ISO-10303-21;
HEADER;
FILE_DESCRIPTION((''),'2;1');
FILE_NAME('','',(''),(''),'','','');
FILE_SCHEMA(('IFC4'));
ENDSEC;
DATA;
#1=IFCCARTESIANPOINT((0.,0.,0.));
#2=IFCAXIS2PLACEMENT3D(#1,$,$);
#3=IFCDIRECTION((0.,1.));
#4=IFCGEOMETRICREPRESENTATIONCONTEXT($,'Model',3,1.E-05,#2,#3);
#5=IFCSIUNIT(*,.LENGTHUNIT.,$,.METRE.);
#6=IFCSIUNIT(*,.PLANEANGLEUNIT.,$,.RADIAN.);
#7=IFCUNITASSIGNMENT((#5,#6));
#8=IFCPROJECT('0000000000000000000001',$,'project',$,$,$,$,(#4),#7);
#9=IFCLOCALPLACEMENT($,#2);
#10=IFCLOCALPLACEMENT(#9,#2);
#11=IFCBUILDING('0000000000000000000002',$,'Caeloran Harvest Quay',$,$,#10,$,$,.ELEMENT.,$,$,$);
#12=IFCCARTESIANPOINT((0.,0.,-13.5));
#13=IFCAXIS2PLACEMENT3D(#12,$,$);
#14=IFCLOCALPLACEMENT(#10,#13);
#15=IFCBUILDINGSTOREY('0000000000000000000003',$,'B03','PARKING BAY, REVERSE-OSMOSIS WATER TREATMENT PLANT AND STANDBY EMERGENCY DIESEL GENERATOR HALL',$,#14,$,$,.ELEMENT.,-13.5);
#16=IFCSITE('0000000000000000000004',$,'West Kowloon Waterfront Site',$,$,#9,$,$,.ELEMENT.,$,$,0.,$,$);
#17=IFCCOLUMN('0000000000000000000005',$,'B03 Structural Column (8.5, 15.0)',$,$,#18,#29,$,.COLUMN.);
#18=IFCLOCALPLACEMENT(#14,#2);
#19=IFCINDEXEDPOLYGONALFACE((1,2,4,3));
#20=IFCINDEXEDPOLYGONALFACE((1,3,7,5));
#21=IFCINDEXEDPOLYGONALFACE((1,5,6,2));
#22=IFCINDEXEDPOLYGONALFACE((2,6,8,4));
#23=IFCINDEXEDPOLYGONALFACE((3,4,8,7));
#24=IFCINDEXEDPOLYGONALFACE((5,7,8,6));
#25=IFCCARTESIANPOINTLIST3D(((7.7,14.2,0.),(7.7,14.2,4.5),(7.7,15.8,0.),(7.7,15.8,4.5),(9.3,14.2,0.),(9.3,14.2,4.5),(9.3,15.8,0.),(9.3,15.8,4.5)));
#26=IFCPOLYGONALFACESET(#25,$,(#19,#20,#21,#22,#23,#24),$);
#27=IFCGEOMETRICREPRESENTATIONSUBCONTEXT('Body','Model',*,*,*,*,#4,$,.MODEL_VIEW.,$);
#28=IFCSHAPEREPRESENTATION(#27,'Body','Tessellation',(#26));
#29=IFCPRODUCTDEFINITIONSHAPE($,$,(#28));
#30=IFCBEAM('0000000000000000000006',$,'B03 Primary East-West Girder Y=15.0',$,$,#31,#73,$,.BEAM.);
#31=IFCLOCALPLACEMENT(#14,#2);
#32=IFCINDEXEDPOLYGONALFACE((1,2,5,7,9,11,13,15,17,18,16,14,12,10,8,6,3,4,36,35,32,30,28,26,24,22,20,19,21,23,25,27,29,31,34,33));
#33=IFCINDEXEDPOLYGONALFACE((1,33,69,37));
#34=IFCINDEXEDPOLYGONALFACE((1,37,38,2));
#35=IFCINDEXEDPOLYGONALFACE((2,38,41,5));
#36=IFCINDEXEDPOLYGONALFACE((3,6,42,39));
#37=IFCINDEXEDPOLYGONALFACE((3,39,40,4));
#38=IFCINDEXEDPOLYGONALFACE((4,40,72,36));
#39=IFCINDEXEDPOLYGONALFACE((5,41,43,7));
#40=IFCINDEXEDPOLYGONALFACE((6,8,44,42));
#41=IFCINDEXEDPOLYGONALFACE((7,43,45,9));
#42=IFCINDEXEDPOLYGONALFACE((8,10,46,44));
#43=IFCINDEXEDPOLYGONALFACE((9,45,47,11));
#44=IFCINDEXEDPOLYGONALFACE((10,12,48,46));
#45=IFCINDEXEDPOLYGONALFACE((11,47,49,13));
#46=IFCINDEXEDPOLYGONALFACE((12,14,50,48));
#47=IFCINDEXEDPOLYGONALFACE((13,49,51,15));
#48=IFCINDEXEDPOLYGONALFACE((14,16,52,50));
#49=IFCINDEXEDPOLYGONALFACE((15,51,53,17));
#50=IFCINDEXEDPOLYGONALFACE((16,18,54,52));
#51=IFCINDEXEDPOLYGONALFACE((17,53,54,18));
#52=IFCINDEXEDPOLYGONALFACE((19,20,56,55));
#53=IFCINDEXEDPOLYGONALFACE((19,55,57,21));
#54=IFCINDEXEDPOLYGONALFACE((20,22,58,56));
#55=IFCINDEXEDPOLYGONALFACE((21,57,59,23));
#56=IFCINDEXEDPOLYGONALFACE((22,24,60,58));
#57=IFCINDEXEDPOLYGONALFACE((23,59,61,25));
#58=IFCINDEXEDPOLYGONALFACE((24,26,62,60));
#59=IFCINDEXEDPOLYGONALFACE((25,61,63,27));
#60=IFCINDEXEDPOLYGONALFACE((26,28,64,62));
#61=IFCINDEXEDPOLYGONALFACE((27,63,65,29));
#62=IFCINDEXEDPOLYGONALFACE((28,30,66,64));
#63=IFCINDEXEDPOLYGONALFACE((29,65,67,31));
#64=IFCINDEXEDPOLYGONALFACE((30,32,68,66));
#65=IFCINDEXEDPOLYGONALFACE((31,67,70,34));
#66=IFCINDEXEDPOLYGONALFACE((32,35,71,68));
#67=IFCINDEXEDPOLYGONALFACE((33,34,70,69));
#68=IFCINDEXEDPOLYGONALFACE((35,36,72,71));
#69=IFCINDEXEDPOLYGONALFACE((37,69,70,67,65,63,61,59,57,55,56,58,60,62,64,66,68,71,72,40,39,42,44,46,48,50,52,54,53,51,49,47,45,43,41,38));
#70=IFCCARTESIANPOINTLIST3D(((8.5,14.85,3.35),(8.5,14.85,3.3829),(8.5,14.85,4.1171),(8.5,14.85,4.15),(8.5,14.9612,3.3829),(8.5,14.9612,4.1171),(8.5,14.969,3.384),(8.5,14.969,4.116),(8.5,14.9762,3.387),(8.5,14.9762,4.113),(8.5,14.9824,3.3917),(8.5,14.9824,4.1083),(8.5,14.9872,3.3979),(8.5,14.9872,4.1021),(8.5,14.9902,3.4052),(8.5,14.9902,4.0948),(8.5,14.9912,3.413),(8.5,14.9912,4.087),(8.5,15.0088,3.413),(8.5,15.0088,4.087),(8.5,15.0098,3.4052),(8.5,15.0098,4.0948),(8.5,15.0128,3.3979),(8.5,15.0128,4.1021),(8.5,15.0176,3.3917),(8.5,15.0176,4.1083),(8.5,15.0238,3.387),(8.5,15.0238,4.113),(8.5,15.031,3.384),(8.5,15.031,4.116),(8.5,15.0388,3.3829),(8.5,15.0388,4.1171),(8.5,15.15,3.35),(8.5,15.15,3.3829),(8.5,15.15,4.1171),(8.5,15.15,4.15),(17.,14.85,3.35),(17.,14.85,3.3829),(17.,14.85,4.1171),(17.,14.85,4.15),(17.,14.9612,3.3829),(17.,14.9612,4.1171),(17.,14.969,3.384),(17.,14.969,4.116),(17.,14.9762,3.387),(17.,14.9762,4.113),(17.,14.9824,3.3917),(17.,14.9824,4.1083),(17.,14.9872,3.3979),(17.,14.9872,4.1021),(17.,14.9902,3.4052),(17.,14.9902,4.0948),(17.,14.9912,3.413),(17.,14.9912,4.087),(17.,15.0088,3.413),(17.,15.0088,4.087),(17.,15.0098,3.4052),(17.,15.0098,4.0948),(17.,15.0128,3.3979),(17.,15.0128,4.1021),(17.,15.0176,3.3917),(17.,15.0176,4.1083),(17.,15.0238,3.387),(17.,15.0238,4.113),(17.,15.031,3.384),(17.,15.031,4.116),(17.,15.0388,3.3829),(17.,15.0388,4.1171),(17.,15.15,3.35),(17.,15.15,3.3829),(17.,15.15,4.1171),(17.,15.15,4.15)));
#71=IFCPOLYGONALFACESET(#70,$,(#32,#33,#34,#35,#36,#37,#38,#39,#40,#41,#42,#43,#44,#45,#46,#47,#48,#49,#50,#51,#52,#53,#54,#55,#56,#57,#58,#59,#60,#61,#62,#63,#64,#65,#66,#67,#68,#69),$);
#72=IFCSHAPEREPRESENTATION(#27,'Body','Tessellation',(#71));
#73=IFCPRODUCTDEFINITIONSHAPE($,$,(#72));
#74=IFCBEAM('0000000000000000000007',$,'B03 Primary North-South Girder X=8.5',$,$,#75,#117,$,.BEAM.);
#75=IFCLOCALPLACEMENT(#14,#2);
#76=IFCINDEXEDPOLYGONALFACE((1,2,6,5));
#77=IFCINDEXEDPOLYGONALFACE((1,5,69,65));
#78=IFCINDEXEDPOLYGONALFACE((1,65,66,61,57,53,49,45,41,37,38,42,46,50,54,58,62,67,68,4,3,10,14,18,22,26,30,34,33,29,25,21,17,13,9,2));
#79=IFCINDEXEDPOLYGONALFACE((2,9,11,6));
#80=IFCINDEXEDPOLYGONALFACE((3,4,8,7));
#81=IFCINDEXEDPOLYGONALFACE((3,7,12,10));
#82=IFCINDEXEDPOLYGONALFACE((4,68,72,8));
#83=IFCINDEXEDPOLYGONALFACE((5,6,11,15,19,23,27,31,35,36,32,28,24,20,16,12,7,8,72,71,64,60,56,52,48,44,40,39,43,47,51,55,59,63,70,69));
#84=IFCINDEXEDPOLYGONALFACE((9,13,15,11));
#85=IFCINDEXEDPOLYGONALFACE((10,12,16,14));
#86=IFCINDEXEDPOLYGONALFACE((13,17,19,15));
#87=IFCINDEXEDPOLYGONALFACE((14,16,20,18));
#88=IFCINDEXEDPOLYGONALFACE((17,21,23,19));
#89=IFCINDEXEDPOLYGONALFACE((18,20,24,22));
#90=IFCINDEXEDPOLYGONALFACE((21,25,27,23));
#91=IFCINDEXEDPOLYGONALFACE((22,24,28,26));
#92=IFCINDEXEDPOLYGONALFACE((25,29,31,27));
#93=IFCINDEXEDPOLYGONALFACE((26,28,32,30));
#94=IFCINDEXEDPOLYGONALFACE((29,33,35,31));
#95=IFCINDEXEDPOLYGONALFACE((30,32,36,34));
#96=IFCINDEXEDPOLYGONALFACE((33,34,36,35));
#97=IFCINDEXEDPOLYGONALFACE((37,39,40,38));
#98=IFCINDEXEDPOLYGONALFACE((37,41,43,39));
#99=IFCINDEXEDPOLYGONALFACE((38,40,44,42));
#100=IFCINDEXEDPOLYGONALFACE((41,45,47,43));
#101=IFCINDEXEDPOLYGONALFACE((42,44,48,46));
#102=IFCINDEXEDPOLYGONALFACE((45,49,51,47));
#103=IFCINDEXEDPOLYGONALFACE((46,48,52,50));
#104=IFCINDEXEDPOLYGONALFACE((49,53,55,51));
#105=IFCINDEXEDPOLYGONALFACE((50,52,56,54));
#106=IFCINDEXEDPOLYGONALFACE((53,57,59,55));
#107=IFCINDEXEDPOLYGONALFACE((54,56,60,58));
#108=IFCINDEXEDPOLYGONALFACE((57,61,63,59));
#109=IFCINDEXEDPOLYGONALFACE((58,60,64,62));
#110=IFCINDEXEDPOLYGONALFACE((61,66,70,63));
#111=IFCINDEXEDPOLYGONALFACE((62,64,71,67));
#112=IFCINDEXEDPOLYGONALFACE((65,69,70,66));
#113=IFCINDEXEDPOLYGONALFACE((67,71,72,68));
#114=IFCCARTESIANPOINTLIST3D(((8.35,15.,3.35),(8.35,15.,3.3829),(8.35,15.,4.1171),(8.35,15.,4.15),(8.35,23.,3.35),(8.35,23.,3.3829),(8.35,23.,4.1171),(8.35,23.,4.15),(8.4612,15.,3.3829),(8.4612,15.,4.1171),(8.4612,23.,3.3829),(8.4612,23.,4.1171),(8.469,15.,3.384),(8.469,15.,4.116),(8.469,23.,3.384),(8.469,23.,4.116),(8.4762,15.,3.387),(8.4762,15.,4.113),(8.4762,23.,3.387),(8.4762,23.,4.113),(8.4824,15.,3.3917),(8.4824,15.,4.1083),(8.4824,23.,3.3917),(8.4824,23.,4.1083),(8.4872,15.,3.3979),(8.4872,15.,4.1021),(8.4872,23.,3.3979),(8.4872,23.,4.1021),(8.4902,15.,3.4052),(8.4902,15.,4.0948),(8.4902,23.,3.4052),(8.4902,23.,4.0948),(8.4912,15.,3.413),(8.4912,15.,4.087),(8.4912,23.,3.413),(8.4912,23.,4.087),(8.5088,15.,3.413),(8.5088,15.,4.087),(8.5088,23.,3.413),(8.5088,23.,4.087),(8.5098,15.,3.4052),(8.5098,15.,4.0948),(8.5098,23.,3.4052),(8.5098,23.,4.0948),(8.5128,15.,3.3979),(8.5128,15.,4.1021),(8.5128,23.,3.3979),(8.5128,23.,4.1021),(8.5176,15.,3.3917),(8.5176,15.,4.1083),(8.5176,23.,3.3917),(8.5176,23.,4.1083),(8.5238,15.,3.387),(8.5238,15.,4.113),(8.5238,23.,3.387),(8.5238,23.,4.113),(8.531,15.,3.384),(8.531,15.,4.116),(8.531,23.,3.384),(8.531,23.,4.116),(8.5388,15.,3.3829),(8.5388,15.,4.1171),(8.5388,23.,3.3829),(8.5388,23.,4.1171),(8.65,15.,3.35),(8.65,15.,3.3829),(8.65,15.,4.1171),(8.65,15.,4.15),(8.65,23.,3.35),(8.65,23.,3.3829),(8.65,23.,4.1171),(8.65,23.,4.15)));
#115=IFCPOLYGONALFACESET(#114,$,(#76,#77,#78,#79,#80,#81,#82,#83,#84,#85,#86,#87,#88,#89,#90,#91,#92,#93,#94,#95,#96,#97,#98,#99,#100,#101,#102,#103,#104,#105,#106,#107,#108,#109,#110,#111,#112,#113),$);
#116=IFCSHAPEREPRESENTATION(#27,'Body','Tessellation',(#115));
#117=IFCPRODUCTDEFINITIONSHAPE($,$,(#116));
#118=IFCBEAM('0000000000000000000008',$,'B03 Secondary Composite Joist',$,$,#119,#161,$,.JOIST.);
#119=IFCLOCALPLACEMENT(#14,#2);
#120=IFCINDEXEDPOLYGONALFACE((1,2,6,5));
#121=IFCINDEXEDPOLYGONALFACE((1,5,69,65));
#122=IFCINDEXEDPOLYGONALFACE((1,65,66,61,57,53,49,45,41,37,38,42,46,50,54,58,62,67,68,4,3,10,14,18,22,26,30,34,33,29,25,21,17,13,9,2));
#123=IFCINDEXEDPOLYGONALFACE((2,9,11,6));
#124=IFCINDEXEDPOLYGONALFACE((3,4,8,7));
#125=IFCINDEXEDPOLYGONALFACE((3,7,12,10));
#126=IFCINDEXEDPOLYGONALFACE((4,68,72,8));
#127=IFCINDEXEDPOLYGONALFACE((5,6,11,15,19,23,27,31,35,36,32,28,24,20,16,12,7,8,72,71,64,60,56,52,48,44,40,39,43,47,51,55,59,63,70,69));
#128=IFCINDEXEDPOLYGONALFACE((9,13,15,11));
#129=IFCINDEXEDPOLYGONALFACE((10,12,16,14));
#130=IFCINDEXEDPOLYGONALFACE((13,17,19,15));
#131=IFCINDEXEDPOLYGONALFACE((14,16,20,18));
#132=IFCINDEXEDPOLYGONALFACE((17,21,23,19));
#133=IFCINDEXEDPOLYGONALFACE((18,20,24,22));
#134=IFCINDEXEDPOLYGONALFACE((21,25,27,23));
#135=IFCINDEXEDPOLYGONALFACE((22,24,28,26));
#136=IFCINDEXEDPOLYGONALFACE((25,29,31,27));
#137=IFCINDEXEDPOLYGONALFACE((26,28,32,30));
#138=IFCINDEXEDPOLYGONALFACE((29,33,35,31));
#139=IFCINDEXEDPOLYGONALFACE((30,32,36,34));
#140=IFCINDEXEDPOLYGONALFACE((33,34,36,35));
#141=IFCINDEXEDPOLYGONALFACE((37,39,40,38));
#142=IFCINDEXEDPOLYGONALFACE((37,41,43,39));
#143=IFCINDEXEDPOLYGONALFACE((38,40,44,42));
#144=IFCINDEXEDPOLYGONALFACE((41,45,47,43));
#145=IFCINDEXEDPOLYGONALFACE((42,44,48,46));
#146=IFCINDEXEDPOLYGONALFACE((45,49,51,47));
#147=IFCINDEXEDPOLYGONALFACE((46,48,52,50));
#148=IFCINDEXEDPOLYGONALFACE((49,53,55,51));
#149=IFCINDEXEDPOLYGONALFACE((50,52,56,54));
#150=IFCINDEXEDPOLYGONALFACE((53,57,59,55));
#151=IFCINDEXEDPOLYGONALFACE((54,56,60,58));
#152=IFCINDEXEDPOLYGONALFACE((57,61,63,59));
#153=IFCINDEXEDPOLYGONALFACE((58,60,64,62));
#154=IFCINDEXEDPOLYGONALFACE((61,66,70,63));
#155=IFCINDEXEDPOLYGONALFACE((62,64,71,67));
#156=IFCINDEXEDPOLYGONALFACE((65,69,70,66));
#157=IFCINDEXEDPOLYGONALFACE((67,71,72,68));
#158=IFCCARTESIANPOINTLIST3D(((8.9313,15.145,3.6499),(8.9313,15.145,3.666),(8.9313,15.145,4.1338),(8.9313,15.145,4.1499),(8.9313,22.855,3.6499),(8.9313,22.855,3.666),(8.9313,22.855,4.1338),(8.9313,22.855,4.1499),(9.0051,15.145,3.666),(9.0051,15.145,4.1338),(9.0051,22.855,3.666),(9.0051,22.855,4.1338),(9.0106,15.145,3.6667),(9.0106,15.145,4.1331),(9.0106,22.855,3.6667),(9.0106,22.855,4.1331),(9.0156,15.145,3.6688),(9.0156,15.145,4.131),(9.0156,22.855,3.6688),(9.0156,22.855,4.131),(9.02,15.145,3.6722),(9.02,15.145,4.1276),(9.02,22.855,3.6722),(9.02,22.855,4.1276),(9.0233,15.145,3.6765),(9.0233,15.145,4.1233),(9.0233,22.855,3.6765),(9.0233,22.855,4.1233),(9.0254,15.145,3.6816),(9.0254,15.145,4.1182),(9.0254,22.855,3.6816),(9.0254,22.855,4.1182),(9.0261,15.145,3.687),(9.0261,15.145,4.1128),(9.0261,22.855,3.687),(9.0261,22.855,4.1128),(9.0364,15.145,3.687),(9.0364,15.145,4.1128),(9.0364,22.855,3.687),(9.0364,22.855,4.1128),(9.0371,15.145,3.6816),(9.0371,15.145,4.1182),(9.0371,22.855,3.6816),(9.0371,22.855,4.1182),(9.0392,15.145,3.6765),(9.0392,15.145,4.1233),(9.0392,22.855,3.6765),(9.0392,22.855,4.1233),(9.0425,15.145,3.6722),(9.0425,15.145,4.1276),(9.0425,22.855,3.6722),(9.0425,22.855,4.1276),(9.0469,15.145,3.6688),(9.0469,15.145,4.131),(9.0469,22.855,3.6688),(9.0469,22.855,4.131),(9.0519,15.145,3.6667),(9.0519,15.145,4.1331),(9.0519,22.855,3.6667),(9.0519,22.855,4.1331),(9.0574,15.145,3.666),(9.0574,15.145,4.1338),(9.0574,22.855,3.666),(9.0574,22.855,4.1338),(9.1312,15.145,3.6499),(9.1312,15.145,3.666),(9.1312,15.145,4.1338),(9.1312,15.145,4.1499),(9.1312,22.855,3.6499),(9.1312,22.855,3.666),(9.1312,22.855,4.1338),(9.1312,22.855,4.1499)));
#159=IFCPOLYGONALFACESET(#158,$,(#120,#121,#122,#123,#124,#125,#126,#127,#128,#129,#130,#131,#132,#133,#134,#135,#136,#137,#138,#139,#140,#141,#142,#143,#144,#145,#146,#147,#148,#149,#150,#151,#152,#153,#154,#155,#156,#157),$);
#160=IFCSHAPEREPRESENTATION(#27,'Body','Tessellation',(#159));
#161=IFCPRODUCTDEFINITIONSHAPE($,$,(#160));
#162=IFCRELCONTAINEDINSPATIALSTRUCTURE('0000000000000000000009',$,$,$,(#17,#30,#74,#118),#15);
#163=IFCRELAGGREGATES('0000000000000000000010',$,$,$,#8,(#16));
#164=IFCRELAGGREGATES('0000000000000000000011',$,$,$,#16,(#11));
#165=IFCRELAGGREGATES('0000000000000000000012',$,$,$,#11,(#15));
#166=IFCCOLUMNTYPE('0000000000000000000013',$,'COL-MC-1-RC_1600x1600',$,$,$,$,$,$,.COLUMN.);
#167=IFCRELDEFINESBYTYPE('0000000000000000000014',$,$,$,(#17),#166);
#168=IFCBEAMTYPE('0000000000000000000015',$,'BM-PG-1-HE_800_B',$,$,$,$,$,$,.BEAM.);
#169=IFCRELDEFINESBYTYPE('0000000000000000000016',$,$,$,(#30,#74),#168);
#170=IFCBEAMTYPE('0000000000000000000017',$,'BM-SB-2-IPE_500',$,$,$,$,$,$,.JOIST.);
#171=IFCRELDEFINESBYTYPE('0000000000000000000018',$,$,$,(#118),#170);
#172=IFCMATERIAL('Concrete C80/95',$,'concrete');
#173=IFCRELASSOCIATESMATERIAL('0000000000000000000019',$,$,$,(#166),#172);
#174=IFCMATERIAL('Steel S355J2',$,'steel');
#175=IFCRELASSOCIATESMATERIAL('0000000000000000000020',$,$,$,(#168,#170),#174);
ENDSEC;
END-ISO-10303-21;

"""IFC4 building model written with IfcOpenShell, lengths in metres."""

from ifc_helpers import new_model, si_unit, direction, frame, origin, origin_2d, place, context, subcontext, project, spatial, rectangle, i_section, extrude, material, material_profile, profile_set, type_object, element, save


model = new_model("IFC4")

# Units and contexts
model_context = context("Model", 3, precision=1e-05, world=origin(), true_north=direction((0.0, 1.0)))
body_context = subcontext(model_context, "Body", "Model", "MODEL_VIEW")
ifc_project = project(units=[si_unit("LENGTHUNIT", "METRE"), si_unit("PLANEANGLEUNIT", "RADIAN")], contexts=[model_context])

# Site, building, storey
site_placement = place(None, origin())
site = spatial("IfcSite", under=ifc_project, at=site_placement, Name="West Kowloon Waterfront Site", CompositionType="ELEMENT", RefElevation=0.0)
building_placement = place(site_placement, origin())
building = spatial("IfcBuilding", under=site, at=building_placement, Name="Caeloran Harvest Quay", CompositionType="ELEMENT")
storey_placement = place(building_placement, frame((0.0, 0.0, -13.5)))
storey = spatial("IfcBuildingStorey", under=building, at=storey_placement, Name="B03", Description="PARKING BAY, REVERSE-OSMOSIS WATER TREATMENT PLANT AND STANDBY EMERGENCY DIESEL GENERATOR HALL", CompositionType="ELEMENT", Elevation=-13.5)

# Column
ifc_material_1 = material(Name="Concrete C80/95", Category="concrete")
ifc_material_profile_1 = material_profile(ifc_material_1, rectangle(XDim=1.6001, YDim=1.6001, at=origin_2d()), Name="RC 1600x1600")
ifc_profile_set_1 = profile_set([ifc_material_profile_1], Name="Concrete C80/95")
column_type = type_object("IfcColumnType", Name="COL-MC-1-RC_1600x1600", PredefinedType="COLUMN", material=ifc_profile_set_1)
column_placement = place(storey_placement, frame((8.5, 15.0, 0.0), z_axis=(0.0, 0.0, 1.0), x_axis=(1.0, 0.0, 0.0)))
element("IfcColumn", 1, at=column_placement, inside=storey, type_object=column_type, Name="B03 Structural Column (8.5, 15.0)", PredefinedType="COLUMN", context=body_context, shape_type="SweptSolid", body=[
    extrude(rectangle(XDim=1.6001, YDim=1.6001, at=origin_2d()), origin(), (0.0, 0.0, 1.0), 4.5),
])

# Beams
ifc_material_2 = material(Name="Steel S355J2", Category="steel")
ifc_material_profile_2 = material_profile(ifc_material_2, i_section(OverallWidth=0.3, OverallDepth=0.8, WebThickness=0.0176, FlangeThickness=0.033, FilletRadius=0.03, at=origin_2d()), Name="HE 800 B")
ifc_profile_set_2 = profile_set([ifc_material_profile_2], Name="Steel S355J2")
beam_type_1 = type_object("IfcBeamType", Name="BM-PG-1-HE_800_B", PredefinedType="BEAM", material=ifc_profile_set_2)
beam_1_placement = place(storey_placement, frame((8.5, 15.0, 3.75), z_axis=(1.0, 0.0, 0.0), x_axis=(0.0, 1.0, 0.0)))
element("IfcBeam", 2, at=beam_1_placement, inside=storey, type_object=beam_type_1, Name="B03 Primary East-West Girder Y=15.0", PredefinedType="BEAM", context=body_context, shape_type="SweptSolid", body=[
    extrude(i_section(OverallWidth=0.3, OverallDepth=0.8, WebThickness=0.0176, FlangeThickness=0.033, FilletRadius=0.03, at=origin_2d()), origin(), (0.0, 0.0, 1.0), 8.5),
])
beam_2_placement = place(storey_placement, frame((8.5, 15.0, 3.75), z_axis=(0.0, 1.0, 0.0), x_axis=(-1.0, 0.0, 0.0)))
element("IfcBeam", 3, at=beam_2_placement, inside=storey, type_object=beam_type_1, Name="B03 Primary North-South Girder X=8.5", PredefinedType="BEAM", context=body_context, shape_type="SweptSolid", body=[
    extrude(i_section(OverallWidth=0.3, OverallDepth=0.8, WebThickness=0.0176, FlangeThickness=0.033, FilletRadius=0.03, at=origin_2d()), origin(), (0.0, 0.0, 1.0), 8.0),
])
ifc_material_profile_3 = material_profile(ifc_material_2, i_section(OverallWidth=0.2, OverallDepth=0.5, WebThickness=0.0103, FlangeThickness=0.0161, FilletRadius=0.021, at=origin_2d()), Name="IPE 500")
ifc_profile_set_3 = profile_set([ifc_material_profile_3], Name="Steel S355J2")
beam_type_2 = type_object("IfcBeamType", Name="BM-SB-2-IPE_500", PredefinedType="JOIST", material=ifc_profile_set_3)
for number, where, z_axis, x_axis, name in (
    (4, (9.0312, 15.145, 3.8999), (0.0, 1.0, 0.0), (-1.0, 0.0, 0.0), "B03 Secondary Composite Joist"),
):
    element("IfcBeam", number, at=place(storey_placement, frame(where, z_axis=z_axis, x_axis=x_axis)), inside=storey, type_object=beam_type_2, Name=name, PredefinedType="JOIST", context=body_context, shape_type="SweptSolid", body=[
        extrude(i_section(OverallWidth=0.2, OverallDepth=0.5, WebThickness=0.0103, FlangeThickness=0.0161, FilletRadius=0.021, at=origin_2d()), origin(), (0.0, 0.0, 1.0), 7.71),
    ])

save(model, "model.ifc")
